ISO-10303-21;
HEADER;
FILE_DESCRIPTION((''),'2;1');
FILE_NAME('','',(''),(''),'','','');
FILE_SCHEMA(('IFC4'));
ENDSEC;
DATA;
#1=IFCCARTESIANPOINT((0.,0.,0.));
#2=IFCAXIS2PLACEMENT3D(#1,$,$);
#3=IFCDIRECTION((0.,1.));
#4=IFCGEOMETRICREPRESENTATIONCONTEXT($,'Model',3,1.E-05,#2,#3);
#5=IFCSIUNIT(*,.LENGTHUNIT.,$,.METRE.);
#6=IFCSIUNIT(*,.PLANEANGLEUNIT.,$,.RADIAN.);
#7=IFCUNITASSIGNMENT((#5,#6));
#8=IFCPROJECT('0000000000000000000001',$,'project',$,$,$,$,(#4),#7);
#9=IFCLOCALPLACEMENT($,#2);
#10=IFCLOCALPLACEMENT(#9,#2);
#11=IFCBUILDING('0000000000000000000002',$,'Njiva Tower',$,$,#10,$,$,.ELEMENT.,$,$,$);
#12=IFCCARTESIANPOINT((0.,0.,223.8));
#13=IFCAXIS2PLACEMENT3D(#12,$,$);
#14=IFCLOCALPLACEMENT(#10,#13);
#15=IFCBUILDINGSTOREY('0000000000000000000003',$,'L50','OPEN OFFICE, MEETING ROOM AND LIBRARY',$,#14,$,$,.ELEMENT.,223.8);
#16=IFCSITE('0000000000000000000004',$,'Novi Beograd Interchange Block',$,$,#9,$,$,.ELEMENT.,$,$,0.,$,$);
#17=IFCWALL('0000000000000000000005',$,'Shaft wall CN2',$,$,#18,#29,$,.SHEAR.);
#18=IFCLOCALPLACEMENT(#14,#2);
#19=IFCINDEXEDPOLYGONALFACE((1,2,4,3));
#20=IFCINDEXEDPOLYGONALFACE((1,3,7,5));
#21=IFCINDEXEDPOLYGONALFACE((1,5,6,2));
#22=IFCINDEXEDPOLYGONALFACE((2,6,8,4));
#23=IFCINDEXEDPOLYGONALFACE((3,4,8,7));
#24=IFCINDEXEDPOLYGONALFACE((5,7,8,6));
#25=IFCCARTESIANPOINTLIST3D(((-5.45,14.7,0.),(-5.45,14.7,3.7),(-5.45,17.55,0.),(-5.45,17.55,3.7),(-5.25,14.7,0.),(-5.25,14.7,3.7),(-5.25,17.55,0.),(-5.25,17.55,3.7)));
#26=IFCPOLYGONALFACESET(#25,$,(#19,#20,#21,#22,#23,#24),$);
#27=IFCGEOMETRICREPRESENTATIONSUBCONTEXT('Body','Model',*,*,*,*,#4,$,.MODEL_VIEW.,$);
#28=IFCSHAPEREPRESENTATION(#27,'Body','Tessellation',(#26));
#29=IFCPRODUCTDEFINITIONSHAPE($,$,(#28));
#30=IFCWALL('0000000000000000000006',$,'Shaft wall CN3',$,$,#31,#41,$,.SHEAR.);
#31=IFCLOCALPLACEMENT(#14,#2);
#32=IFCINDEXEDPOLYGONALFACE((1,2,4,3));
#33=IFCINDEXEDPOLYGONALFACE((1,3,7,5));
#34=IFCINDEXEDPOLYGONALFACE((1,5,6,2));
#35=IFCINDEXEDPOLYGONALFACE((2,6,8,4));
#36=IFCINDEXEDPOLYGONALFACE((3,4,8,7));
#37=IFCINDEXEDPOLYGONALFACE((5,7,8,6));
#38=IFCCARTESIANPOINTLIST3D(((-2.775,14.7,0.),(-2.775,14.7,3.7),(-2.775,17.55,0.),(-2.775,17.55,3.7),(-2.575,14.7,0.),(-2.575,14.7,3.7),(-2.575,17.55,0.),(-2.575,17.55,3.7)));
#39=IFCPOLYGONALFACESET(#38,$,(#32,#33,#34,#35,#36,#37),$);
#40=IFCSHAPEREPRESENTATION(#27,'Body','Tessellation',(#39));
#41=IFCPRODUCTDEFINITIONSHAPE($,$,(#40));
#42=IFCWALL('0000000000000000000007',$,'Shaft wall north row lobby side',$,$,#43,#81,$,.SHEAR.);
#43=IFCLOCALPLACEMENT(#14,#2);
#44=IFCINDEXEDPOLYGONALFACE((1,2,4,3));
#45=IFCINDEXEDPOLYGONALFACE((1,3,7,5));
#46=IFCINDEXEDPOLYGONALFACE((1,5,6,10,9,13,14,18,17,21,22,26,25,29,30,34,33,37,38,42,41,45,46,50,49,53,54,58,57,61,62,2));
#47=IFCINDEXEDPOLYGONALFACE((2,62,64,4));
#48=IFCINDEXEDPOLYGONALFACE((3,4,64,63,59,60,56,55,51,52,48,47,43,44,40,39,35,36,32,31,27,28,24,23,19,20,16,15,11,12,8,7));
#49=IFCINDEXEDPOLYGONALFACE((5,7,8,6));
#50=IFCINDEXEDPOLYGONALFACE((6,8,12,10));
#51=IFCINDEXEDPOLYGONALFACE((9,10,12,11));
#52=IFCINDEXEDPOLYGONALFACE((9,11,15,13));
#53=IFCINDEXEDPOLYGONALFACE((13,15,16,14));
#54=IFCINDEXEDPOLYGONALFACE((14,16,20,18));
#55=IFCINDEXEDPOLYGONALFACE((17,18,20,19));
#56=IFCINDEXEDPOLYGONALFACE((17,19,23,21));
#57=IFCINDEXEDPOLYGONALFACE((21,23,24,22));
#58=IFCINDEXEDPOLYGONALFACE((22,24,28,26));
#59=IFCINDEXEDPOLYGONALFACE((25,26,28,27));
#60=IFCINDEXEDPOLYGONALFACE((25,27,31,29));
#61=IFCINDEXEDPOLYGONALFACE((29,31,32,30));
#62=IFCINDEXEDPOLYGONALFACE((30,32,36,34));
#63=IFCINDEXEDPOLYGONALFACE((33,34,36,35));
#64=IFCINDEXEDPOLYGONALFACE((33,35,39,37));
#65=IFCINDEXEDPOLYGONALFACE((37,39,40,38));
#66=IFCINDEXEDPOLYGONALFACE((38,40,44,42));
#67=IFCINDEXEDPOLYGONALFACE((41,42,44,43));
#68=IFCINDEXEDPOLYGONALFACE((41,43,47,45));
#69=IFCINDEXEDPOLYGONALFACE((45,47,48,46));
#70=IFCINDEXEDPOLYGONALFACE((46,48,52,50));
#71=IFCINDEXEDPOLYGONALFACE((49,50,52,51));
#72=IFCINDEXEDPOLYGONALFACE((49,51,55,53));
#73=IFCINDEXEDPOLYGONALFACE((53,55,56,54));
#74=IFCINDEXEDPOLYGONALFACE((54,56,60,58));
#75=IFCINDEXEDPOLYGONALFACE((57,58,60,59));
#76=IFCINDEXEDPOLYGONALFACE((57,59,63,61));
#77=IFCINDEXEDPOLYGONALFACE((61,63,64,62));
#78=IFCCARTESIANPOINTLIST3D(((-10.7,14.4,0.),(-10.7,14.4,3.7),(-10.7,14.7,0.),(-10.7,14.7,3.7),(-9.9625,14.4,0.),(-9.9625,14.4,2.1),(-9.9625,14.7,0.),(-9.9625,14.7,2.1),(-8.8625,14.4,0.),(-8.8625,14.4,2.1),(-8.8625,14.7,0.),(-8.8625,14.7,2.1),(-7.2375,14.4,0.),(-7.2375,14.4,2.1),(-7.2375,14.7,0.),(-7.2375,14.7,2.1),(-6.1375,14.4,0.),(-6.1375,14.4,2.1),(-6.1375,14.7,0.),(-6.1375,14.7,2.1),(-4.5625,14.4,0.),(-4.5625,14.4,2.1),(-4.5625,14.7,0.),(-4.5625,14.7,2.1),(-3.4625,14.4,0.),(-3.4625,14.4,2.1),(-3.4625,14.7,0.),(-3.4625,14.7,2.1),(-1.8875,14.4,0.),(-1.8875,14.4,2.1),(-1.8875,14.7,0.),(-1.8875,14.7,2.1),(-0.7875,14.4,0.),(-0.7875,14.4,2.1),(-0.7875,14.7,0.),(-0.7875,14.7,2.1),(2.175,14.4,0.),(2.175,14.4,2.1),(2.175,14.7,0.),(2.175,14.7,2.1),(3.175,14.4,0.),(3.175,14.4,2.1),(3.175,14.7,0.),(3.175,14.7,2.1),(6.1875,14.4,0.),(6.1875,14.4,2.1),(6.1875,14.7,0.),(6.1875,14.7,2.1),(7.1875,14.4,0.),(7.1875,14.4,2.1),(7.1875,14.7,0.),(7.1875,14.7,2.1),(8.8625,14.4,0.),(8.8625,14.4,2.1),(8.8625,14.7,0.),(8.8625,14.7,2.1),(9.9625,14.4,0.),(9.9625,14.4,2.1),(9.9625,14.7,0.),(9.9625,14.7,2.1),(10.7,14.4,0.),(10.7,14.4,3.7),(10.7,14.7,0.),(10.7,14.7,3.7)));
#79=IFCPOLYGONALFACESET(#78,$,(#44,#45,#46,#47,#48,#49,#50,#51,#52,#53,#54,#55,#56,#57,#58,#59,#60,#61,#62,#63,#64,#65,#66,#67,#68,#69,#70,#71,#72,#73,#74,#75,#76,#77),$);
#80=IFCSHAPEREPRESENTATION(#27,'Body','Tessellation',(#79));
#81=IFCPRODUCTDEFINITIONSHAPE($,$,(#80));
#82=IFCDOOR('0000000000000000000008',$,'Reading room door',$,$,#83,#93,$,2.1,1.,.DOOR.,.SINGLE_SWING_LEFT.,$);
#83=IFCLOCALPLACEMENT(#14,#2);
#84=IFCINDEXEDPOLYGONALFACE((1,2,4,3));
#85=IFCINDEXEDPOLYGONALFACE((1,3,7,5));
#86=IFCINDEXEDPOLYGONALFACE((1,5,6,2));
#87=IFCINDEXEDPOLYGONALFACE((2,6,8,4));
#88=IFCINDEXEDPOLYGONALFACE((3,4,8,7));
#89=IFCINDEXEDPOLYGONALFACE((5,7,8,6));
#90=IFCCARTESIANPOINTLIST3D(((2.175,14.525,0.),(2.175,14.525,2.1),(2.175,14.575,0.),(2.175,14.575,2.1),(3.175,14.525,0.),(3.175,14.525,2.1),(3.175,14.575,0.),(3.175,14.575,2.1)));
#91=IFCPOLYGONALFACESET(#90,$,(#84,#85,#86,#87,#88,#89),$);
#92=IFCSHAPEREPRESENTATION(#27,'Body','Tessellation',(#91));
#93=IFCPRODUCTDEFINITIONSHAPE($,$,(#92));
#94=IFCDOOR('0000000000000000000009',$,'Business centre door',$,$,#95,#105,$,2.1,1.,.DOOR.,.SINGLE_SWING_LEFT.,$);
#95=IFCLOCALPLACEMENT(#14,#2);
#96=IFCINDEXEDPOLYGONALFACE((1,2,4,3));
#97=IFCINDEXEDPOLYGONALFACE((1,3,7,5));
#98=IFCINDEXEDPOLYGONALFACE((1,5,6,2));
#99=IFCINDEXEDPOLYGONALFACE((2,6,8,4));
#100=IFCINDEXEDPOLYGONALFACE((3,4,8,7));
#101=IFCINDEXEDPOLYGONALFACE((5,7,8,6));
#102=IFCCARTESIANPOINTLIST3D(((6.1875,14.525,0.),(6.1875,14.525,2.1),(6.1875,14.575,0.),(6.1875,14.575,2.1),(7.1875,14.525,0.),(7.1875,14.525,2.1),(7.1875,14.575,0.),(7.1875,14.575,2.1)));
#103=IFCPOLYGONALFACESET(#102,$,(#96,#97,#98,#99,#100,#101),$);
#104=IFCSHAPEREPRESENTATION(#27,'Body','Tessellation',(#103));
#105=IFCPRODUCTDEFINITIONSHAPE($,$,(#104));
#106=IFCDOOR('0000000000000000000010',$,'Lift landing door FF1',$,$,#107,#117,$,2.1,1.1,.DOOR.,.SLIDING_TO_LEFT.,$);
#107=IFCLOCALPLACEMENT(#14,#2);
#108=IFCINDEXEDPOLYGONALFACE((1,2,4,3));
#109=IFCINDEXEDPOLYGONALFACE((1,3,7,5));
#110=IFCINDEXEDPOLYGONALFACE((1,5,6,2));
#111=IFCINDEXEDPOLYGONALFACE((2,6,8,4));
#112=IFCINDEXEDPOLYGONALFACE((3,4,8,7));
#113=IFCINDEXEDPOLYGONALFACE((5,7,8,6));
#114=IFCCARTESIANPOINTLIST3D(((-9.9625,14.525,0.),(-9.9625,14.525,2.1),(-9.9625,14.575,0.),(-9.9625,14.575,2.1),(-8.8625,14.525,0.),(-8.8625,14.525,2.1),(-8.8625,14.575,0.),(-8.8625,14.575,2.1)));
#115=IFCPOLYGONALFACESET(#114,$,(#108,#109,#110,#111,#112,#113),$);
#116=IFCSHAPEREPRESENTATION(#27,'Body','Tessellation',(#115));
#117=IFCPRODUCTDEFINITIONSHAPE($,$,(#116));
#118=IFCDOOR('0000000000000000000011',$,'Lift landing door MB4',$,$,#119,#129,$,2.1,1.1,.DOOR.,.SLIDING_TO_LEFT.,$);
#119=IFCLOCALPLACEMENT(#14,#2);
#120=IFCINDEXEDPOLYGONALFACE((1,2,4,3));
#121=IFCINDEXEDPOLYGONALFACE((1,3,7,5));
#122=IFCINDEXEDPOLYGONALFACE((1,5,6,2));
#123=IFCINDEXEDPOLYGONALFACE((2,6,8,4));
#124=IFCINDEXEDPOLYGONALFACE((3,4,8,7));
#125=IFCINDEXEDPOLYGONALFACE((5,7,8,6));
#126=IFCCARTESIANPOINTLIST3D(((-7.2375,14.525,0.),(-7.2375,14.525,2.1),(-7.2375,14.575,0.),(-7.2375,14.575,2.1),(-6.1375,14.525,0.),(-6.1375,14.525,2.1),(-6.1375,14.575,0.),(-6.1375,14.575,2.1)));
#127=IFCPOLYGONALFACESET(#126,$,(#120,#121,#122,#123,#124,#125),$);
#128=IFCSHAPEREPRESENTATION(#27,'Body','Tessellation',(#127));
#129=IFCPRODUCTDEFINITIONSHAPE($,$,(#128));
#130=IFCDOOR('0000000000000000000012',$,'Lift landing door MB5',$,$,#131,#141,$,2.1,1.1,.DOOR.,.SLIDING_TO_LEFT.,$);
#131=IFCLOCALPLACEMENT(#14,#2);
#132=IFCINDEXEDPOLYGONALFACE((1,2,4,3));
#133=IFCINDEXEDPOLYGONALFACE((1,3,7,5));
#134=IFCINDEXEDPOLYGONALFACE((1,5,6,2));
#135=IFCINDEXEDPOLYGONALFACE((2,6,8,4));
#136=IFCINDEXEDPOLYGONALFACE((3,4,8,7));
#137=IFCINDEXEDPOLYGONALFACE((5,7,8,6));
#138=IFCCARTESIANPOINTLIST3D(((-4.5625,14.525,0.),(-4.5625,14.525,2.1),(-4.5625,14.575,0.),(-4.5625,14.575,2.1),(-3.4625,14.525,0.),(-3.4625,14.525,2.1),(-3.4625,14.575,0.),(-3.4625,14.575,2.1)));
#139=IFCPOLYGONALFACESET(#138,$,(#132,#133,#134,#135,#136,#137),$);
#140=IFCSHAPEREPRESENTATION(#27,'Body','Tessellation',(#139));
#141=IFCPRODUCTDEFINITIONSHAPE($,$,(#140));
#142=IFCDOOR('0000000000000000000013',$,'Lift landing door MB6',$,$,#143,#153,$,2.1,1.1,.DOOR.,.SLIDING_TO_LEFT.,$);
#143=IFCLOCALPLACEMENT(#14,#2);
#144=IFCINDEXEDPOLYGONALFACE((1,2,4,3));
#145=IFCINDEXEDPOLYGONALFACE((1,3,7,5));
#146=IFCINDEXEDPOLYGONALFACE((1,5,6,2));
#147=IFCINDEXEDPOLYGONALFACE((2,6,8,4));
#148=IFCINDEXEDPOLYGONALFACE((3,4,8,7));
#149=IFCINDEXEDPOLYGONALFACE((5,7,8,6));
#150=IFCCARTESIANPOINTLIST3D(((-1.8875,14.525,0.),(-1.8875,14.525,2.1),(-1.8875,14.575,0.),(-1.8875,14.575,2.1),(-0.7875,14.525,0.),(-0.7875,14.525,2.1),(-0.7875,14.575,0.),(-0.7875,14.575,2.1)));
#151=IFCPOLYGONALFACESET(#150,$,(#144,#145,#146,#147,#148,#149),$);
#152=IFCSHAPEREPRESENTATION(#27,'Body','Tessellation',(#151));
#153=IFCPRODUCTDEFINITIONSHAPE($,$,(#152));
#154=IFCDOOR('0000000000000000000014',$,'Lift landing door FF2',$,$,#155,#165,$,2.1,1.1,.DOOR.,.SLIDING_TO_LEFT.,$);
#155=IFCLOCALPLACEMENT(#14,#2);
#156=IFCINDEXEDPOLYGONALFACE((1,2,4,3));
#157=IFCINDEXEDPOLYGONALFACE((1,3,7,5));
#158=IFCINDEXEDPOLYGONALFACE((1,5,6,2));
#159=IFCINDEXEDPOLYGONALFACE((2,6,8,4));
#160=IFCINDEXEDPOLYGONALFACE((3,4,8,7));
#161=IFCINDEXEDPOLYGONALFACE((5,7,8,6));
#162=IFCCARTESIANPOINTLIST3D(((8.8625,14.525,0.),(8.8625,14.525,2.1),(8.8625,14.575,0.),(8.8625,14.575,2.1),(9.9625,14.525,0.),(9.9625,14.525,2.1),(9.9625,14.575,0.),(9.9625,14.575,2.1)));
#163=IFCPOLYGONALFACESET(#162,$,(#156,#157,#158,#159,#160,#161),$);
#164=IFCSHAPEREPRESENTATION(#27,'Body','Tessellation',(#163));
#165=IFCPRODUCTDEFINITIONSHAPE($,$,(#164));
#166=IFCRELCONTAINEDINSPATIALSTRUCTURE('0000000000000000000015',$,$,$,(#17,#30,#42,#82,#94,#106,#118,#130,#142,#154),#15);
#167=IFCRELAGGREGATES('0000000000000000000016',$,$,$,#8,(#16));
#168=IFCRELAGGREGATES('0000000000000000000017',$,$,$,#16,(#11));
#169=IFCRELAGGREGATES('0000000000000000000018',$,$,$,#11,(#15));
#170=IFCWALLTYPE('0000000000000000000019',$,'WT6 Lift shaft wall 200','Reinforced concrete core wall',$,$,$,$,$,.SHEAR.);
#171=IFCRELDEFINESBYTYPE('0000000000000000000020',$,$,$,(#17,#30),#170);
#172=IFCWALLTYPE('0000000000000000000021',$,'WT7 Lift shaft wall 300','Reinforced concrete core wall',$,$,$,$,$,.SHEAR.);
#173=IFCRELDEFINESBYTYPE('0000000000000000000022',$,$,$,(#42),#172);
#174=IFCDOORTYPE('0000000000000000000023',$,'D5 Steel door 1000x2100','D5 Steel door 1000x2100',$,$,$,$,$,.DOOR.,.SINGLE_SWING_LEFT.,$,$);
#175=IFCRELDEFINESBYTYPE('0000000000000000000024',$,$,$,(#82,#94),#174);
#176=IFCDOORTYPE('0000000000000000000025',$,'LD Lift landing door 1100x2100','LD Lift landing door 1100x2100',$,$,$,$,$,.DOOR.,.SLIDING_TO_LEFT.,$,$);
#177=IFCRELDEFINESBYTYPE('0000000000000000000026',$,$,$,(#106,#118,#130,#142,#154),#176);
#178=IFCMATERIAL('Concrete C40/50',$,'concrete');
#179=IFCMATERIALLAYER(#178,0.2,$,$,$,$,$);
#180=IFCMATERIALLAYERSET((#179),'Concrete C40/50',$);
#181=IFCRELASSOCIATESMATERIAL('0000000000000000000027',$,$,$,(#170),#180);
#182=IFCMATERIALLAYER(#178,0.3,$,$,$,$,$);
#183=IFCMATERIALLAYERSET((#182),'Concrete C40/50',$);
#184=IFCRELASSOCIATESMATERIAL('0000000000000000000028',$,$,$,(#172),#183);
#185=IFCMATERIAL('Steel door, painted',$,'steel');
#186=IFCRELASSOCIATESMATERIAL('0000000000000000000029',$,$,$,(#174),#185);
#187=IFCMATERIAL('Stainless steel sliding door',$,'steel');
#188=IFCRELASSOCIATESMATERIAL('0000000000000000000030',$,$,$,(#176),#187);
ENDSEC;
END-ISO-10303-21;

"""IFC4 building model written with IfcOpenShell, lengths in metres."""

from ifc_helpers import new_model, si_unit, direction, frame, frame_2d, origin, place, context, subcontext, project, spatial, rectangle, extrude, material, layer, layer_set, type_object, element, fill, save


model = new_model("IFC4")

# Units and contexts
model_context = context("Model", 3, precision=1e-05, world=origin(), true_north=direction((0.0, 1.0)))
body_context = subcontext(model_context, "Body", "Model", "MODEL_VIEW")
ifc_project = project(units=[si_unit("LENGTHUNIT", "METRE"), si_unit("PLANEANGLEUNIT", "RADIAN")], contexts=[model_context])

# Site, building, storey
site_placement = place(None, origin())
site = spatial("IfcSite", under=ifc_project, at=site_placement, Name="Novi Beograd Interchange Block", CompositionType="ELEMENT", RefElevation=0.0)
building_placement = place(site_placement, origin())
building = spatial("IfcBuilding", under=site, at=building_placement, Name="Njiva Tower", CompositionType="ELEMENT")
storey_placement = place(building_placement, frame((0.0, 0.0, 223.8)))
storey = spatial("IfcBuildingStorey", under=building, at=storey_placement, Name="L50", Description="OPEN OFFICE, MEETING ROOM AND LIBRARY", CompositionType="ELEMENT", Elevation=223.8)

# Walls
ifc_material_1 = material(Name="Concrete C40/50", Category="concrete")
ifc_layer_1 = layer(ifc_material_1, 0.2)
ifc_layer_set_1 = layer_set([ifc_layer_1], Name="Concrete C40/50")
wall_type_1 = type_object("IfcWallType", Name="WT6 Lift shaft wall 200", Description="Reinforced concrete core wall", PredefinedType="SHEAR", material=ifc_layer_set_1)
for number, where, z_axis, x_axis, name in (
    (1, (-5.35, 14.7, 0.0), (0.0, 0.0, 1.0), (0.0, 1.0, 0.0), "Shaft wall CN2"),
    (2, (-2.675, 14.7, 0.0), (0.0, 0.0, 1.0), (0.0, 1.0, 0.0), "Shaft wall CN3"),
):
    element("IfcWall", number, at=place(storey_placement, frame(where, z_axis=z_axis, x_axis=x_axis)), inside=storey, type_object=wall_type_1, Name=name, PredefinedType="SHEAR", context=body_context, shape_type="SweptSolid", body=[
        extrude(rectangle(XDim=2.85, YDim=0.2, at=frame_2d((1.425, 0.0))), origin(), (0.0, 0.0, 1.0), 3.7),
    ])

# Wall, openings, doors
ifc_layer_2 = layer(ifc_material_1, 0.3)
ifc_layer_set_2 = layer_set([ifc_layer_2], Name="Concrete C40/50")
wall_type_2 = type_object("IfcWallType", Name="WT7 Lift shaft wall 300", Description="Reinforced concrete core wall", PredefinedType="SHEAR", material=ifc_layer_set_2)
wall_1_placement = place(storey_placement, frame((-10.7, 14.55, 0.0), z_axis=(0.0, 0.0, 1.0), x_axis=(1.0, 0.0, 0.0)))
wall_1 = element("IfcWall", 3, at=wall_1_placement, inside=storey, type_object=wall_type_2, Name="Shaft wall north row lobby side", PredefinedType="SHEAR", context=body_context, shape_type="SweptSolid", body=[
    extrude(rectangle(XDim=21.4, YDim=0.3, at=frame_2d((10.7, 0.0))), origin(), (0.0, 0.0, 1.0), 3.7),
])
opening_1_placement = place(wall_1_placement, frame((0.7375, 0.0, 0.0)))
opening_1 = element("IfcOpeningElement", 4, at=opening_1_placement, cuts=wall_1, PredefinedType="OPENING", context=body_context, shape_type="SweptSolid", body=[
    extrude(rectangle(XDim=1.1, YDim=2.1, at=frame_2d((0.55, 1.05))), frame((0.0, 0.16, 0.0), z_axis=(0.0, -1.0, 0.0), x_axis=(1.0, 0.0, 0.0)), (0.0, 0.0, 1.0), 0.32),
])
opening_2_placement = place(wall_1_placement, frame((3.4625, 0.0, 0.0)))
opening_2 = element("IfcOpeningElement", 5, at=opening_2_placement, cuts=wall_1, PredefinedType="OPENING", context=body_context, shape_type="SweptSolid", body=[
    extrude(rectangle(XDim=1.1, YDim=2.1, at=frame_2d((0.55, 1.05))), frame((0.0, 0.16, 0.0), z_axis=(0.0, -1.0, 0.0), x_axis=(1.0, 0.0, 0.0)), (0.0, 0.0, 1.0), 0.32),
])
opening_3_placement = place(wall_1_placement, frame((6.1375, 0.0, 0.0)))
opening_3 = element("IfcOpeningElement", 6, at=opening_3_placement, cuts=wall_1, PredefinedType="OPENING", context=body_context, shape_type="SweptSolid", body=[
    extrude(rectangle(XDim=1.1, YDim=2.1, at=frame_2d((0.55, 1.05))), frame((0.0, 0.16, 0.0), z_axis=(0.0, -1.0, 0.0), x_axis=(1.0, 0.0, 0.0)), (0.0, 0.0, 1.0), 0.32),
])
opening_4_placement = place(wall_1_placement, frame((8.8125, 0.0, 0.0)))
opening_4 = element("IfcOpeningElement", 7, at=opening_4_placement, cuts=wall_1, PredefinedType="OPENING", context=body_context, shape_type="SweptSolid", body=[
    extrude(rectangle(XDim=1.1, YDim=2.1, at=frame_2d((0.55, 1.05))), frame((0.0, 0.16, 0.0), z_axis=(0.0, -1.0, 0.0), x_axis=(1.0, 0.0, 0.0)), (0.0, 0.0, 1.0), 0.32),
])
opening_5_placement = place(wall_1_placement, frame((19.5625, 0.0, 0.0)))
opening_5 = element("IfcOpeningElement", 8, at=opening_5_placement, cuts=wall_1, PredefinedType="OPENING", context=body_context, shape_type="SweptSolid", body=[
    extrude(rectangle(XDim=1.1, YDim=2.1, at=frame_2d((0.55, 1.05))), frame((0.0, 0.16, 0.0), z_axis=(0.0, -1.0, 0.0), x_axis=(1.0, 0.0, 0.0)), (0.0, 0.0, 1.0), 0.32),
])
opening_6_placement = place(wall_1_placement, frame((12.875, 0.0, 0.0)))
opening_6 = element("IfcOpeningElement", 9, at=opening_6_placement, cuts=wall_1, PredefinedType="OPENING", context=body_context, shape_type="SweptSolid", body=[
    extrude(rectangle(XDim=1.0, YDim=2.1, at=frame_2d((0.5, 1.05))), frame((0.0, 0.16, 0.0), z_axis=(0.0, -1.0, 0.0), x_axis=(1.0, 0.0, 0.0)), (0.0, 0.0, 1.0), 0.32),
])
opening_7_placement = place(wall_1_placement, frame((16.8875, 0.0, 0.0)))
opening_7 = element("IfcOpeningElement", 10, at=opening_7_placement, cuts=wall_1, PredefinedType="OPENING", context=body_context, shape_type="SweptSolid", body=[
    extrude(rectangle(XDim=1.0, YDim=2.1, at=frame_2d((0.5, 1.05))), frame((0.0, 0.16, 0.0), z_axis=(0.0, -1.0, 0.0), x_axis=(1.0, 0.0, 0.0)), (0.0, 0.0, 1.0), 0.32),
])
ifc_material_2 = material(Name="Steel door, painted", Category="steel")
door_type_1 = type_object("IfcDoorType", Name="D5 Steel door 1000x2100", Description="D5 Steel door 1000x2100", OperationType="SINGLE_SWING_LEFT", PredefinedType="DOOR", material=ifc_material_2)
door_1_placement = place(opening_6_placement, origin())
door_1 = element("IfcDoor", 11, at=door_1_placement, inside=storey, type_object=door_type_1, Name="Reading room door", OperationType="SINGLE_SWING_LEFT", OverallHeight=2.1, OverallWidth=1.0, PredefinedType="DOOR", context=body_context, shape_type="SweptSolid", body=[
    extrude(rectangle(XDim=1.0, YDim=2.1, at=frame_2d((0.5, 1.05))), frame((0.0, 0.025, 0.0), z_axis=(0.0, -1.0, 0.0), x_axis=(1.0, 0.0, 0.0)), (0.0, 0.0, 1.0), 0.05),
])
fill(opening_6, door_1)
door_2_placement = place(opening_7_placement, origin())
door_2 = element("IfcDoor", 12, at=door_2_placement, inside=storey, type_object=door_type_1, Name="Business centre door", OperationType="SINGLE_SWING_LEFT", OverallHeight=2.1, OverallWidth=1.0, PredefinedType="DOOR", context=body_context, shape_type="SweptSolid", body=[
    extrude(rectangle(XDim=1.0, YDim=2.1, at=frame_2d((0.5, 1.05))), frame((0.0, 0.025, 0.0), z_axis=(0.0, -1.0, 0.0), x_axis=(1.0, 0.0, 0.0)), (0.0, 0.0, 1.0), 0.05),
])
fill(opening_7, door_2)
ifc_material_3 = material(Name="Stainless steel sliding door", Category="steel")
door_type_2 = type_object("IfcDoorType", Name="LD Lift landing door 1100x2100", Description="LD Lift landing door 1100x2100", OperationType="SLIDING_TO_LEFT", PredefinedType="DOOR", material=ifc_material_3)
door_3_placement = place(opening_1_placement, origin())
door_3 = element("IfcDoor", 13, at=door_3_placement, inside=storey, type_object=door_type_2, Name="Lift landing door FF1", OperationType="SLIDING_TO_LEFT", OverallHeight=2.1, OverallWidth=1.1, PredefinedType="DOOR", context=body_context, shape_type="SweptSolid", body=[
    extrude(rectangle(XDim=1.1, YDim=2.1, at=frame_2d((0.55, 1.05))), frame((0.0, 0.025, 0.0), z_axis=(0.0, -1.0, 0.0), x_axis=(1.0, 0.0, 0.0)), (0.0, 0.0, 1.0), 0.05),
])
fill(opening_1, door_3)
door_4_placement = place(opening_2_placement, origin())
door_4 = element("IfcDoor", 14, at=door_4_placement, inside=storey, type_object=door_type_2, Name="Lift landing door MB4", OperationType="SLIDING_TO_LEFT", OverallHeight=2.1, OverallWidth=1.1, PredefinedType="DOOR", context=body_context, shape_type="SweptSolid", body=[
    extrude(rectangle(XDim=1.1, YDim=2.1, at=frame_2d((0.55, 1.05))), frame((0.0, 0.025, 0.0), z_axis=(0.0, -1.0, 0.0), x_axis=(1.0, 0.0, 0.0)), (0.0, 0.0, 1.0), 0.05),
])
fill(opening_2, door_4)
door_5_placement = place(opening_3_placement, origin())
door_5 = element("IfcDoor", 15, at=door_5_placement, inside=storey, type_object=door_type_2, Name="Lift landing door MB5", OperationType="SLIDING_TO_LEFT", OverallHeight=2.1, OverallWidth=1.1, PredefinedType="DOOR", context=body_context, shape_type="SweptSolid", body=[
    extrude(rectangle(XDim=1.1, YDim=2.1, at=frame_2d((0.55, 1.05))), frame((0.0, 0.025, 0.0), z_axis=(0.0, -1.0, 0.0), x_axis=(1.0, 0.0, 0.0)), (0.0, 0.0, 1.0), 0.05),
])
fill(opening_3, door_5)
door_6_placement = place(opening_4_placement, origin())
door_6 = element("IfcDoor", 16, at=door_6_placement, inside=storey, type_object=door_type_2, Name="Lift landing door MB6", OperationType="SLIDING_TO_LEFT", OverallHeight=2.1, OverallWidth=1.1, PredefinedType="DOOR", context=body_context, shape_type="SweptSolid", body=[
    extrude(rectangle(XDim=1.1, YDim=2.1, at=frame_2d((0.55, 1.05))), frame((0.0, 0.025, 0.0), z_axis=(0.0, -1.0, 0.0), x_axis=(1.0, 0.0, 0.0)), (0.0, 0.0, 1.0), 0.05),
])
fill(opening_4, door_6)
door_7_placement = place(opening_5_placement, origin())
door_7 = element("IfcDoor", 17, at=door_7_placement, inside=storey, type_object=door_type_2, Name="Lift landing door FF2", OperationType="SLIDING_TO_LEFT", OverallHeight=2.1, OverallWidth=1.1, PredefinedType="DOOR", context=body_context, shape_type="SweptSolid", body=[
    extrude(rectangle(XDim=1.1, YDim=2.1, at=frame_2d((0.55, 1.05))), frame((0.0, 0.025, 0.0), z_axis=(0.0, -1.0, 0.0), x_axis=(1.0, 0.0, 0.0)), (0.0, 0.0, 1.0), 0.05),
])
fill(opening_5, door_7)

save(model, "model.ifc")
